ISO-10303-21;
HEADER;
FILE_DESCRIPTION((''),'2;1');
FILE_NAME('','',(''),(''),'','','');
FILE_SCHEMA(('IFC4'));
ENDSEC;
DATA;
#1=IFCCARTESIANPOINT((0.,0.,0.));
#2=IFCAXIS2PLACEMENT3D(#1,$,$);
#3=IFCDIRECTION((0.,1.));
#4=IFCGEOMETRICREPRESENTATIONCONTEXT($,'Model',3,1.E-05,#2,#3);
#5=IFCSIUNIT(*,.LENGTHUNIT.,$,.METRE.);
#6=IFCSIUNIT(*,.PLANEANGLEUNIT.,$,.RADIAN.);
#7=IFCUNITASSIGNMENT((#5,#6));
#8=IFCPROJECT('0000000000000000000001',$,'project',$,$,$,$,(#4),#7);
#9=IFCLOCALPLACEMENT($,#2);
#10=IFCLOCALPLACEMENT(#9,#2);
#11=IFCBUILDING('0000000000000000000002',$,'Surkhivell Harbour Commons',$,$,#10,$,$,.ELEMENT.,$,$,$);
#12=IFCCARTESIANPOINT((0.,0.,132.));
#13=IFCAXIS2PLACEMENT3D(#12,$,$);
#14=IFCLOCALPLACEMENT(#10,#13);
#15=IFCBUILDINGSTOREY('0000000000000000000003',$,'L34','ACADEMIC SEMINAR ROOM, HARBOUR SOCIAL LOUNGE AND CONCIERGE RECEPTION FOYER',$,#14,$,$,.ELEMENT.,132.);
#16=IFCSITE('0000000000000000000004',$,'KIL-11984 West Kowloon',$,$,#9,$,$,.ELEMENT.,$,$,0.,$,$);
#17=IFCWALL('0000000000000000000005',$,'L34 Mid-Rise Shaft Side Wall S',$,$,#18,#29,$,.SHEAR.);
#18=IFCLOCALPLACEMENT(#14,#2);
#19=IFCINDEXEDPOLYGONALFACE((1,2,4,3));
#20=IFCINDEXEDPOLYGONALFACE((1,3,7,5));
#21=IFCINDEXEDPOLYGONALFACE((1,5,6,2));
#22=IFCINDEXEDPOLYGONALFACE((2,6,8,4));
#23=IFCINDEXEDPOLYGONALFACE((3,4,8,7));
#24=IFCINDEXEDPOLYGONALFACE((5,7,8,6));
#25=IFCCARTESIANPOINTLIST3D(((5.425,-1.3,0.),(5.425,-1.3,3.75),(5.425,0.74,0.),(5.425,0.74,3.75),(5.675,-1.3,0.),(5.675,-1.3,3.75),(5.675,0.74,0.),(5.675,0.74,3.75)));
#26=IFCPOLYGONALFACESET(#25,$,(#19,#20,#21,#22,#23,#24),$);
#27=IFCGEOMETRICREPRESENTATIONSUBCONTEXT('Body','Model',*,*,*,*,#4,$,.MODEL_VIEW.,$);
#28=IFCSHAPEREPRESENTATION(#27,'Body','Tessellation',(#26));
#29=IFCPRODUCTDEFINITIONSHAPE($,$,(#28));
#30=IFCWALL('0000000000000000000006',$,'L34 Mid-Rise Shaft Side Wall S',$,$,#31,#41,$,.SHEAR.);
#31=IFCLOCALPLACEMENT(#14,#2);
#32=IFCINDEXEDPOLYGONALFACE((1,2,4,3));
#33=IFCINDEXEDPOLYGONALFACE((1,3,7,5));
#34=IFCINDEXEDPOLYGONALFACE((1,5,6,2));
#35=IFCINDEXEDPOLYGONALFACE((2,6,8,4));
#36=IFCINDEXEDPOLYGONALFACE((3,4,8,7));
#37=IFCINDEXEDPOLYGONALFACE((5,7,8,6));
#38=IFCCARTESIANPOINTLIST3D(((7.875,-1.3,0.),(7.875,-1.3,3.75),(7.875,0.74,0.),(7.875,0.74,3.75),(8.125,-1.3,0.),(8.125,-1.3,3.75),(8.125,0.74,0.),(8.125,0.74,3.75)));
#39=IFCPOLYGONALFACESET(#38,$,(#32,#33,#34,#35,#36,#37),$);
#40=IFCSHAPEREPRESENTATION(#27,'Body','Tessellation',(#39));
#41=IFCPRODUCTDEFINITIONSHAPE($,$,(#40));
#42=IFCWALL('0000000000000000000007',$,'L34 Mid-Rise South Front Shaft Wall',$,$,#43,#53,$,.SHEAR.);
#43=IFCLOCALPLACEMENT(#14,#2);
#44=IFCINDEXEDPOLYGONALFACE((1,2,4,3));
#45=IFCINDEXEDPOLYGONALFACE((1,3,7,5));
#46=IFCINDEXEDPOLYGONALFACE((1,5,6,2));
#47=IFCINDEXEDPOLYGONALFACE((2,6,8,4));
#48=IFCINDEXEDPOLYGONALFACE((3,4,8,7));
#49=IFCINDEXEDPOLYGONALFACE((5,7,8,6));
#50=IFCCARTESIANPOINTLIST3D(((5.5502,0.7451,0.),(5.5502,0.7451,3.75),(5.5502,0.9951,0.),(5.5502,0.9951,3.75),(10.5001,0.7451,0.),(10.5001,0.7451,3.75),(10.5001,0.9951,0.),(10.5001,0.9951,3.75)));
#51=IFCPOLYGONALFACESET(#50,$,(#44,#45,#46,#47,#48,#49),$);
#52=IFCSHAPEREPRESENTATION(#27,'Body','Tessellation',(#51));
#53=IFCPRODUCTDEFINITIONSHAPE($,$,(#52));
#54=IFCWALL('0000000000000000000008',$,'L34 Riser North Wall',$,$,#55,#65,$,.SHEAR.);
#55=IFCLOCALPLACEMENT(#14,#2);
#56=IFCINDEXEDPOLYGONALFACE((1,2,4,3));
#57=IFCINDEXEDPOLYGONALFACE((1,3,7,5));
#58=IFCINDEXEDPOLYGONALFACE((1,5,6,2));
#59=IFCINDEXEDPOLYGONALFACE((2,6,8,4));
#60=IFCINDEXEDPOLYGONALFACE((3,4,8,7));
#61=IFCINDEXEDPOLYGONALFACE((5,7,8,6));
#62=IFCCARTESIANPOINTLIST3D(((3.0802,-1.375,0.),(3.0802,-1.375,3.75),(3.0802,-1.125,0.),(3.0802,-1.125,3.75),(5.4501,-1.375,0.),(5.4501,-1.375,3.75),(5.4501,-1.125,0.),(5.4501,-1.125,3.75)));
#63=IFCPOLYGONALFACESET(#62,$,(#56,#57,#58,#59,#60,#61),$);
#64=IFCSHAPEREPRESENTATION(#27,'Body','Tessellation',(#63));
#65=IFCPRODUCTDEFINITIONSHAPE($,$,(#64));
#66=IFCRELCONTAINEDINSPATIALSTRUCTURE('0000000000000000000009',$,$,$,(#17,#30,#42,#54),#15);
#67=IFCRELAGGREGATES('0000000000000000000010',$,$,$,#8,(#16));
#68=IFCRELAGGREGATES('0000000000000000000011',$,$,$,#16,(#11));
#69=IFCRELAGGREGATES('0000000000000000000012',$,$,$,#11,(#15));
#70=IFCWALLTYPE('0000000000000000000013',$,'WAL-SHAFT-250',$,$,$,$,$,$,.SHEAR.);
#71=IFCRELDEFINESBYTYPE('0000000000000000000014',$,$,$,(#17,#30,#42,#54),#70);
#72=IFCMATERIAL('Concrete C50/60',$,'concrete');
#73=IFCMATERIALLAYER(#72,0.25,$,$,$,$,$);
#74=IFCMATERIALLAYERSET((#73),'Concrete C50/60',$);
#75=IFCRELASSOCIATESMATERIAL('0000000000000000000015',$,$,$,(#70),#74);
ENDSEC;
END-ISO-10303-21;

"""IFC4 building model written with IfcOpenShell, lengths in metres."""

from ifc_helpers import new_model, si_unit, direction, frame, frame_2d, origin, place, context, subcontext, project, spatial, rectangle, extrude, material, layer, layer_set, type_object, element, save


model = new_model("IFC4")

# Units and contexts
model_context = context("Model", 3, precision=1e-05, world=origin(), true_north=direction((0.0, 1.0)))
body_context = subcontext(model_context, "Body", "Model", "MODEL_VIEW")
ifc_project = project(units=[si_unit("LENGTHUNIT", "METRE"), si_unit("PLANEANGLEUNIT", "RADIAN")], contexts=[model_context])

# Site, building, storey
site_placement = place(None, origin())
site = spatial("IfcSite", under=ifc_project, at=site_placement, Name="KIL-11984 West Kowloon", CompositionType="ELEMENT", RefElevation=0.0)
building_placement = place(site_placement, origin())
building = spatial("IfcBuilding", under=site, at=building_placement, Name="Surkhivell Harbour Commons", CompositionType="ELEMENT")
storey_placement = place(building_placement, frame((0.0, 0.0, 132.0)))
storey = spatial("IfcBuildingStorey", under=building, at=storey_placement, Name="L34", Description="ACADEMIC SEMINAR ROOM, HARBOUR SOCIAL LOUNGE AND CONCIERGE RECEPTION FOYER", CompositionType="ELEMENT", Elevation=132.0)

# Shared definitions
ifc_material_1 = material(Name="Concrete C50/60", Category="concrete")
ifc_layer_1 = layer(ifc_material_1, 0.25)
ifc_layer_set_1 = layer_set([ifc_layer_1], Name="Concrete C50/60")
wall_type_1 = type_object("IfcWallType", Name="WAL-SHAFT-250", PredefinedType="SHEAR", material=ifc_layer_set_1)

# Walls
for number, where, z_axis, x_axis, name in (
    (1, (5.55, -1.3, 0.0), (0.0, 0.0, 1.0), (0.0, 1.0, 0.0), "L34 Mid-Rise Shaft Side Wall S"),
    (2, (8.0, -1.3, 0.0), (0.0, 0.0, 1.0), (0.0, 1.0, 0.0), "L34 Mid-Rise Shaft Side Wall S"),
):
    element("IfcWall", number, at=place(storey_placement, frame(where, z_axis=z_axis, x_axis=x_axis)), inside=storey, type_object=wall_type_1, Name=name, PredefinedType="SHEAR", context=body_context, shape_type="SweptSolid", body=[
        extrude(rectangle(XDim=2.04, YDim=0.25, at=frame_2d((1.02, 0.0))), origin(), (0.0, 0.0, 1.0), 3.75),
    ])
wall_1_placement = place(storey_placement, frame((5.55, 0.8701, 0.0), z_axis=(0.0, 0.0, 1.0), x_axis=(1.0, 0.0, 0.0)))
element("IfcWall", 3, at=wall_1_placement, inside=storey, type_object=wall_type_1, Name="L34 Mid-Rise South Front Shaft Wall", PredefinedType="SHEAR", context=body_context, shape_type="SweptSolid", body=[
    extrude(rectangle(XDim=4.95, YDim=0.25, at=frame_2d((2.4751, 0.0))), origin(), (0.0, 0.0, 1.0), 3.75),
])
wall_2_placement = place(storey_placement, frame((3.0801, -1.25, 0.0), z_axis=(0.0, 0.0, 1.0), x_axis=(1.0, 0.0, 0.0)))
element("IfcWall", 4, at=wall_2_placement, inside=storey, type_object=wall_type_1, Name="L34 Riser North Wall", PredefinedType="SHEAR", context=body_context, shape_type="SweptSolid", body=[
    extrude(rectangle(XDim=2.3699, YDim=0.25, at=frame_2d((1.1851, 0.0))), origin(), (0.0, 0.0, 1.0), 3.75),
])

save(model, "model.ifc")
